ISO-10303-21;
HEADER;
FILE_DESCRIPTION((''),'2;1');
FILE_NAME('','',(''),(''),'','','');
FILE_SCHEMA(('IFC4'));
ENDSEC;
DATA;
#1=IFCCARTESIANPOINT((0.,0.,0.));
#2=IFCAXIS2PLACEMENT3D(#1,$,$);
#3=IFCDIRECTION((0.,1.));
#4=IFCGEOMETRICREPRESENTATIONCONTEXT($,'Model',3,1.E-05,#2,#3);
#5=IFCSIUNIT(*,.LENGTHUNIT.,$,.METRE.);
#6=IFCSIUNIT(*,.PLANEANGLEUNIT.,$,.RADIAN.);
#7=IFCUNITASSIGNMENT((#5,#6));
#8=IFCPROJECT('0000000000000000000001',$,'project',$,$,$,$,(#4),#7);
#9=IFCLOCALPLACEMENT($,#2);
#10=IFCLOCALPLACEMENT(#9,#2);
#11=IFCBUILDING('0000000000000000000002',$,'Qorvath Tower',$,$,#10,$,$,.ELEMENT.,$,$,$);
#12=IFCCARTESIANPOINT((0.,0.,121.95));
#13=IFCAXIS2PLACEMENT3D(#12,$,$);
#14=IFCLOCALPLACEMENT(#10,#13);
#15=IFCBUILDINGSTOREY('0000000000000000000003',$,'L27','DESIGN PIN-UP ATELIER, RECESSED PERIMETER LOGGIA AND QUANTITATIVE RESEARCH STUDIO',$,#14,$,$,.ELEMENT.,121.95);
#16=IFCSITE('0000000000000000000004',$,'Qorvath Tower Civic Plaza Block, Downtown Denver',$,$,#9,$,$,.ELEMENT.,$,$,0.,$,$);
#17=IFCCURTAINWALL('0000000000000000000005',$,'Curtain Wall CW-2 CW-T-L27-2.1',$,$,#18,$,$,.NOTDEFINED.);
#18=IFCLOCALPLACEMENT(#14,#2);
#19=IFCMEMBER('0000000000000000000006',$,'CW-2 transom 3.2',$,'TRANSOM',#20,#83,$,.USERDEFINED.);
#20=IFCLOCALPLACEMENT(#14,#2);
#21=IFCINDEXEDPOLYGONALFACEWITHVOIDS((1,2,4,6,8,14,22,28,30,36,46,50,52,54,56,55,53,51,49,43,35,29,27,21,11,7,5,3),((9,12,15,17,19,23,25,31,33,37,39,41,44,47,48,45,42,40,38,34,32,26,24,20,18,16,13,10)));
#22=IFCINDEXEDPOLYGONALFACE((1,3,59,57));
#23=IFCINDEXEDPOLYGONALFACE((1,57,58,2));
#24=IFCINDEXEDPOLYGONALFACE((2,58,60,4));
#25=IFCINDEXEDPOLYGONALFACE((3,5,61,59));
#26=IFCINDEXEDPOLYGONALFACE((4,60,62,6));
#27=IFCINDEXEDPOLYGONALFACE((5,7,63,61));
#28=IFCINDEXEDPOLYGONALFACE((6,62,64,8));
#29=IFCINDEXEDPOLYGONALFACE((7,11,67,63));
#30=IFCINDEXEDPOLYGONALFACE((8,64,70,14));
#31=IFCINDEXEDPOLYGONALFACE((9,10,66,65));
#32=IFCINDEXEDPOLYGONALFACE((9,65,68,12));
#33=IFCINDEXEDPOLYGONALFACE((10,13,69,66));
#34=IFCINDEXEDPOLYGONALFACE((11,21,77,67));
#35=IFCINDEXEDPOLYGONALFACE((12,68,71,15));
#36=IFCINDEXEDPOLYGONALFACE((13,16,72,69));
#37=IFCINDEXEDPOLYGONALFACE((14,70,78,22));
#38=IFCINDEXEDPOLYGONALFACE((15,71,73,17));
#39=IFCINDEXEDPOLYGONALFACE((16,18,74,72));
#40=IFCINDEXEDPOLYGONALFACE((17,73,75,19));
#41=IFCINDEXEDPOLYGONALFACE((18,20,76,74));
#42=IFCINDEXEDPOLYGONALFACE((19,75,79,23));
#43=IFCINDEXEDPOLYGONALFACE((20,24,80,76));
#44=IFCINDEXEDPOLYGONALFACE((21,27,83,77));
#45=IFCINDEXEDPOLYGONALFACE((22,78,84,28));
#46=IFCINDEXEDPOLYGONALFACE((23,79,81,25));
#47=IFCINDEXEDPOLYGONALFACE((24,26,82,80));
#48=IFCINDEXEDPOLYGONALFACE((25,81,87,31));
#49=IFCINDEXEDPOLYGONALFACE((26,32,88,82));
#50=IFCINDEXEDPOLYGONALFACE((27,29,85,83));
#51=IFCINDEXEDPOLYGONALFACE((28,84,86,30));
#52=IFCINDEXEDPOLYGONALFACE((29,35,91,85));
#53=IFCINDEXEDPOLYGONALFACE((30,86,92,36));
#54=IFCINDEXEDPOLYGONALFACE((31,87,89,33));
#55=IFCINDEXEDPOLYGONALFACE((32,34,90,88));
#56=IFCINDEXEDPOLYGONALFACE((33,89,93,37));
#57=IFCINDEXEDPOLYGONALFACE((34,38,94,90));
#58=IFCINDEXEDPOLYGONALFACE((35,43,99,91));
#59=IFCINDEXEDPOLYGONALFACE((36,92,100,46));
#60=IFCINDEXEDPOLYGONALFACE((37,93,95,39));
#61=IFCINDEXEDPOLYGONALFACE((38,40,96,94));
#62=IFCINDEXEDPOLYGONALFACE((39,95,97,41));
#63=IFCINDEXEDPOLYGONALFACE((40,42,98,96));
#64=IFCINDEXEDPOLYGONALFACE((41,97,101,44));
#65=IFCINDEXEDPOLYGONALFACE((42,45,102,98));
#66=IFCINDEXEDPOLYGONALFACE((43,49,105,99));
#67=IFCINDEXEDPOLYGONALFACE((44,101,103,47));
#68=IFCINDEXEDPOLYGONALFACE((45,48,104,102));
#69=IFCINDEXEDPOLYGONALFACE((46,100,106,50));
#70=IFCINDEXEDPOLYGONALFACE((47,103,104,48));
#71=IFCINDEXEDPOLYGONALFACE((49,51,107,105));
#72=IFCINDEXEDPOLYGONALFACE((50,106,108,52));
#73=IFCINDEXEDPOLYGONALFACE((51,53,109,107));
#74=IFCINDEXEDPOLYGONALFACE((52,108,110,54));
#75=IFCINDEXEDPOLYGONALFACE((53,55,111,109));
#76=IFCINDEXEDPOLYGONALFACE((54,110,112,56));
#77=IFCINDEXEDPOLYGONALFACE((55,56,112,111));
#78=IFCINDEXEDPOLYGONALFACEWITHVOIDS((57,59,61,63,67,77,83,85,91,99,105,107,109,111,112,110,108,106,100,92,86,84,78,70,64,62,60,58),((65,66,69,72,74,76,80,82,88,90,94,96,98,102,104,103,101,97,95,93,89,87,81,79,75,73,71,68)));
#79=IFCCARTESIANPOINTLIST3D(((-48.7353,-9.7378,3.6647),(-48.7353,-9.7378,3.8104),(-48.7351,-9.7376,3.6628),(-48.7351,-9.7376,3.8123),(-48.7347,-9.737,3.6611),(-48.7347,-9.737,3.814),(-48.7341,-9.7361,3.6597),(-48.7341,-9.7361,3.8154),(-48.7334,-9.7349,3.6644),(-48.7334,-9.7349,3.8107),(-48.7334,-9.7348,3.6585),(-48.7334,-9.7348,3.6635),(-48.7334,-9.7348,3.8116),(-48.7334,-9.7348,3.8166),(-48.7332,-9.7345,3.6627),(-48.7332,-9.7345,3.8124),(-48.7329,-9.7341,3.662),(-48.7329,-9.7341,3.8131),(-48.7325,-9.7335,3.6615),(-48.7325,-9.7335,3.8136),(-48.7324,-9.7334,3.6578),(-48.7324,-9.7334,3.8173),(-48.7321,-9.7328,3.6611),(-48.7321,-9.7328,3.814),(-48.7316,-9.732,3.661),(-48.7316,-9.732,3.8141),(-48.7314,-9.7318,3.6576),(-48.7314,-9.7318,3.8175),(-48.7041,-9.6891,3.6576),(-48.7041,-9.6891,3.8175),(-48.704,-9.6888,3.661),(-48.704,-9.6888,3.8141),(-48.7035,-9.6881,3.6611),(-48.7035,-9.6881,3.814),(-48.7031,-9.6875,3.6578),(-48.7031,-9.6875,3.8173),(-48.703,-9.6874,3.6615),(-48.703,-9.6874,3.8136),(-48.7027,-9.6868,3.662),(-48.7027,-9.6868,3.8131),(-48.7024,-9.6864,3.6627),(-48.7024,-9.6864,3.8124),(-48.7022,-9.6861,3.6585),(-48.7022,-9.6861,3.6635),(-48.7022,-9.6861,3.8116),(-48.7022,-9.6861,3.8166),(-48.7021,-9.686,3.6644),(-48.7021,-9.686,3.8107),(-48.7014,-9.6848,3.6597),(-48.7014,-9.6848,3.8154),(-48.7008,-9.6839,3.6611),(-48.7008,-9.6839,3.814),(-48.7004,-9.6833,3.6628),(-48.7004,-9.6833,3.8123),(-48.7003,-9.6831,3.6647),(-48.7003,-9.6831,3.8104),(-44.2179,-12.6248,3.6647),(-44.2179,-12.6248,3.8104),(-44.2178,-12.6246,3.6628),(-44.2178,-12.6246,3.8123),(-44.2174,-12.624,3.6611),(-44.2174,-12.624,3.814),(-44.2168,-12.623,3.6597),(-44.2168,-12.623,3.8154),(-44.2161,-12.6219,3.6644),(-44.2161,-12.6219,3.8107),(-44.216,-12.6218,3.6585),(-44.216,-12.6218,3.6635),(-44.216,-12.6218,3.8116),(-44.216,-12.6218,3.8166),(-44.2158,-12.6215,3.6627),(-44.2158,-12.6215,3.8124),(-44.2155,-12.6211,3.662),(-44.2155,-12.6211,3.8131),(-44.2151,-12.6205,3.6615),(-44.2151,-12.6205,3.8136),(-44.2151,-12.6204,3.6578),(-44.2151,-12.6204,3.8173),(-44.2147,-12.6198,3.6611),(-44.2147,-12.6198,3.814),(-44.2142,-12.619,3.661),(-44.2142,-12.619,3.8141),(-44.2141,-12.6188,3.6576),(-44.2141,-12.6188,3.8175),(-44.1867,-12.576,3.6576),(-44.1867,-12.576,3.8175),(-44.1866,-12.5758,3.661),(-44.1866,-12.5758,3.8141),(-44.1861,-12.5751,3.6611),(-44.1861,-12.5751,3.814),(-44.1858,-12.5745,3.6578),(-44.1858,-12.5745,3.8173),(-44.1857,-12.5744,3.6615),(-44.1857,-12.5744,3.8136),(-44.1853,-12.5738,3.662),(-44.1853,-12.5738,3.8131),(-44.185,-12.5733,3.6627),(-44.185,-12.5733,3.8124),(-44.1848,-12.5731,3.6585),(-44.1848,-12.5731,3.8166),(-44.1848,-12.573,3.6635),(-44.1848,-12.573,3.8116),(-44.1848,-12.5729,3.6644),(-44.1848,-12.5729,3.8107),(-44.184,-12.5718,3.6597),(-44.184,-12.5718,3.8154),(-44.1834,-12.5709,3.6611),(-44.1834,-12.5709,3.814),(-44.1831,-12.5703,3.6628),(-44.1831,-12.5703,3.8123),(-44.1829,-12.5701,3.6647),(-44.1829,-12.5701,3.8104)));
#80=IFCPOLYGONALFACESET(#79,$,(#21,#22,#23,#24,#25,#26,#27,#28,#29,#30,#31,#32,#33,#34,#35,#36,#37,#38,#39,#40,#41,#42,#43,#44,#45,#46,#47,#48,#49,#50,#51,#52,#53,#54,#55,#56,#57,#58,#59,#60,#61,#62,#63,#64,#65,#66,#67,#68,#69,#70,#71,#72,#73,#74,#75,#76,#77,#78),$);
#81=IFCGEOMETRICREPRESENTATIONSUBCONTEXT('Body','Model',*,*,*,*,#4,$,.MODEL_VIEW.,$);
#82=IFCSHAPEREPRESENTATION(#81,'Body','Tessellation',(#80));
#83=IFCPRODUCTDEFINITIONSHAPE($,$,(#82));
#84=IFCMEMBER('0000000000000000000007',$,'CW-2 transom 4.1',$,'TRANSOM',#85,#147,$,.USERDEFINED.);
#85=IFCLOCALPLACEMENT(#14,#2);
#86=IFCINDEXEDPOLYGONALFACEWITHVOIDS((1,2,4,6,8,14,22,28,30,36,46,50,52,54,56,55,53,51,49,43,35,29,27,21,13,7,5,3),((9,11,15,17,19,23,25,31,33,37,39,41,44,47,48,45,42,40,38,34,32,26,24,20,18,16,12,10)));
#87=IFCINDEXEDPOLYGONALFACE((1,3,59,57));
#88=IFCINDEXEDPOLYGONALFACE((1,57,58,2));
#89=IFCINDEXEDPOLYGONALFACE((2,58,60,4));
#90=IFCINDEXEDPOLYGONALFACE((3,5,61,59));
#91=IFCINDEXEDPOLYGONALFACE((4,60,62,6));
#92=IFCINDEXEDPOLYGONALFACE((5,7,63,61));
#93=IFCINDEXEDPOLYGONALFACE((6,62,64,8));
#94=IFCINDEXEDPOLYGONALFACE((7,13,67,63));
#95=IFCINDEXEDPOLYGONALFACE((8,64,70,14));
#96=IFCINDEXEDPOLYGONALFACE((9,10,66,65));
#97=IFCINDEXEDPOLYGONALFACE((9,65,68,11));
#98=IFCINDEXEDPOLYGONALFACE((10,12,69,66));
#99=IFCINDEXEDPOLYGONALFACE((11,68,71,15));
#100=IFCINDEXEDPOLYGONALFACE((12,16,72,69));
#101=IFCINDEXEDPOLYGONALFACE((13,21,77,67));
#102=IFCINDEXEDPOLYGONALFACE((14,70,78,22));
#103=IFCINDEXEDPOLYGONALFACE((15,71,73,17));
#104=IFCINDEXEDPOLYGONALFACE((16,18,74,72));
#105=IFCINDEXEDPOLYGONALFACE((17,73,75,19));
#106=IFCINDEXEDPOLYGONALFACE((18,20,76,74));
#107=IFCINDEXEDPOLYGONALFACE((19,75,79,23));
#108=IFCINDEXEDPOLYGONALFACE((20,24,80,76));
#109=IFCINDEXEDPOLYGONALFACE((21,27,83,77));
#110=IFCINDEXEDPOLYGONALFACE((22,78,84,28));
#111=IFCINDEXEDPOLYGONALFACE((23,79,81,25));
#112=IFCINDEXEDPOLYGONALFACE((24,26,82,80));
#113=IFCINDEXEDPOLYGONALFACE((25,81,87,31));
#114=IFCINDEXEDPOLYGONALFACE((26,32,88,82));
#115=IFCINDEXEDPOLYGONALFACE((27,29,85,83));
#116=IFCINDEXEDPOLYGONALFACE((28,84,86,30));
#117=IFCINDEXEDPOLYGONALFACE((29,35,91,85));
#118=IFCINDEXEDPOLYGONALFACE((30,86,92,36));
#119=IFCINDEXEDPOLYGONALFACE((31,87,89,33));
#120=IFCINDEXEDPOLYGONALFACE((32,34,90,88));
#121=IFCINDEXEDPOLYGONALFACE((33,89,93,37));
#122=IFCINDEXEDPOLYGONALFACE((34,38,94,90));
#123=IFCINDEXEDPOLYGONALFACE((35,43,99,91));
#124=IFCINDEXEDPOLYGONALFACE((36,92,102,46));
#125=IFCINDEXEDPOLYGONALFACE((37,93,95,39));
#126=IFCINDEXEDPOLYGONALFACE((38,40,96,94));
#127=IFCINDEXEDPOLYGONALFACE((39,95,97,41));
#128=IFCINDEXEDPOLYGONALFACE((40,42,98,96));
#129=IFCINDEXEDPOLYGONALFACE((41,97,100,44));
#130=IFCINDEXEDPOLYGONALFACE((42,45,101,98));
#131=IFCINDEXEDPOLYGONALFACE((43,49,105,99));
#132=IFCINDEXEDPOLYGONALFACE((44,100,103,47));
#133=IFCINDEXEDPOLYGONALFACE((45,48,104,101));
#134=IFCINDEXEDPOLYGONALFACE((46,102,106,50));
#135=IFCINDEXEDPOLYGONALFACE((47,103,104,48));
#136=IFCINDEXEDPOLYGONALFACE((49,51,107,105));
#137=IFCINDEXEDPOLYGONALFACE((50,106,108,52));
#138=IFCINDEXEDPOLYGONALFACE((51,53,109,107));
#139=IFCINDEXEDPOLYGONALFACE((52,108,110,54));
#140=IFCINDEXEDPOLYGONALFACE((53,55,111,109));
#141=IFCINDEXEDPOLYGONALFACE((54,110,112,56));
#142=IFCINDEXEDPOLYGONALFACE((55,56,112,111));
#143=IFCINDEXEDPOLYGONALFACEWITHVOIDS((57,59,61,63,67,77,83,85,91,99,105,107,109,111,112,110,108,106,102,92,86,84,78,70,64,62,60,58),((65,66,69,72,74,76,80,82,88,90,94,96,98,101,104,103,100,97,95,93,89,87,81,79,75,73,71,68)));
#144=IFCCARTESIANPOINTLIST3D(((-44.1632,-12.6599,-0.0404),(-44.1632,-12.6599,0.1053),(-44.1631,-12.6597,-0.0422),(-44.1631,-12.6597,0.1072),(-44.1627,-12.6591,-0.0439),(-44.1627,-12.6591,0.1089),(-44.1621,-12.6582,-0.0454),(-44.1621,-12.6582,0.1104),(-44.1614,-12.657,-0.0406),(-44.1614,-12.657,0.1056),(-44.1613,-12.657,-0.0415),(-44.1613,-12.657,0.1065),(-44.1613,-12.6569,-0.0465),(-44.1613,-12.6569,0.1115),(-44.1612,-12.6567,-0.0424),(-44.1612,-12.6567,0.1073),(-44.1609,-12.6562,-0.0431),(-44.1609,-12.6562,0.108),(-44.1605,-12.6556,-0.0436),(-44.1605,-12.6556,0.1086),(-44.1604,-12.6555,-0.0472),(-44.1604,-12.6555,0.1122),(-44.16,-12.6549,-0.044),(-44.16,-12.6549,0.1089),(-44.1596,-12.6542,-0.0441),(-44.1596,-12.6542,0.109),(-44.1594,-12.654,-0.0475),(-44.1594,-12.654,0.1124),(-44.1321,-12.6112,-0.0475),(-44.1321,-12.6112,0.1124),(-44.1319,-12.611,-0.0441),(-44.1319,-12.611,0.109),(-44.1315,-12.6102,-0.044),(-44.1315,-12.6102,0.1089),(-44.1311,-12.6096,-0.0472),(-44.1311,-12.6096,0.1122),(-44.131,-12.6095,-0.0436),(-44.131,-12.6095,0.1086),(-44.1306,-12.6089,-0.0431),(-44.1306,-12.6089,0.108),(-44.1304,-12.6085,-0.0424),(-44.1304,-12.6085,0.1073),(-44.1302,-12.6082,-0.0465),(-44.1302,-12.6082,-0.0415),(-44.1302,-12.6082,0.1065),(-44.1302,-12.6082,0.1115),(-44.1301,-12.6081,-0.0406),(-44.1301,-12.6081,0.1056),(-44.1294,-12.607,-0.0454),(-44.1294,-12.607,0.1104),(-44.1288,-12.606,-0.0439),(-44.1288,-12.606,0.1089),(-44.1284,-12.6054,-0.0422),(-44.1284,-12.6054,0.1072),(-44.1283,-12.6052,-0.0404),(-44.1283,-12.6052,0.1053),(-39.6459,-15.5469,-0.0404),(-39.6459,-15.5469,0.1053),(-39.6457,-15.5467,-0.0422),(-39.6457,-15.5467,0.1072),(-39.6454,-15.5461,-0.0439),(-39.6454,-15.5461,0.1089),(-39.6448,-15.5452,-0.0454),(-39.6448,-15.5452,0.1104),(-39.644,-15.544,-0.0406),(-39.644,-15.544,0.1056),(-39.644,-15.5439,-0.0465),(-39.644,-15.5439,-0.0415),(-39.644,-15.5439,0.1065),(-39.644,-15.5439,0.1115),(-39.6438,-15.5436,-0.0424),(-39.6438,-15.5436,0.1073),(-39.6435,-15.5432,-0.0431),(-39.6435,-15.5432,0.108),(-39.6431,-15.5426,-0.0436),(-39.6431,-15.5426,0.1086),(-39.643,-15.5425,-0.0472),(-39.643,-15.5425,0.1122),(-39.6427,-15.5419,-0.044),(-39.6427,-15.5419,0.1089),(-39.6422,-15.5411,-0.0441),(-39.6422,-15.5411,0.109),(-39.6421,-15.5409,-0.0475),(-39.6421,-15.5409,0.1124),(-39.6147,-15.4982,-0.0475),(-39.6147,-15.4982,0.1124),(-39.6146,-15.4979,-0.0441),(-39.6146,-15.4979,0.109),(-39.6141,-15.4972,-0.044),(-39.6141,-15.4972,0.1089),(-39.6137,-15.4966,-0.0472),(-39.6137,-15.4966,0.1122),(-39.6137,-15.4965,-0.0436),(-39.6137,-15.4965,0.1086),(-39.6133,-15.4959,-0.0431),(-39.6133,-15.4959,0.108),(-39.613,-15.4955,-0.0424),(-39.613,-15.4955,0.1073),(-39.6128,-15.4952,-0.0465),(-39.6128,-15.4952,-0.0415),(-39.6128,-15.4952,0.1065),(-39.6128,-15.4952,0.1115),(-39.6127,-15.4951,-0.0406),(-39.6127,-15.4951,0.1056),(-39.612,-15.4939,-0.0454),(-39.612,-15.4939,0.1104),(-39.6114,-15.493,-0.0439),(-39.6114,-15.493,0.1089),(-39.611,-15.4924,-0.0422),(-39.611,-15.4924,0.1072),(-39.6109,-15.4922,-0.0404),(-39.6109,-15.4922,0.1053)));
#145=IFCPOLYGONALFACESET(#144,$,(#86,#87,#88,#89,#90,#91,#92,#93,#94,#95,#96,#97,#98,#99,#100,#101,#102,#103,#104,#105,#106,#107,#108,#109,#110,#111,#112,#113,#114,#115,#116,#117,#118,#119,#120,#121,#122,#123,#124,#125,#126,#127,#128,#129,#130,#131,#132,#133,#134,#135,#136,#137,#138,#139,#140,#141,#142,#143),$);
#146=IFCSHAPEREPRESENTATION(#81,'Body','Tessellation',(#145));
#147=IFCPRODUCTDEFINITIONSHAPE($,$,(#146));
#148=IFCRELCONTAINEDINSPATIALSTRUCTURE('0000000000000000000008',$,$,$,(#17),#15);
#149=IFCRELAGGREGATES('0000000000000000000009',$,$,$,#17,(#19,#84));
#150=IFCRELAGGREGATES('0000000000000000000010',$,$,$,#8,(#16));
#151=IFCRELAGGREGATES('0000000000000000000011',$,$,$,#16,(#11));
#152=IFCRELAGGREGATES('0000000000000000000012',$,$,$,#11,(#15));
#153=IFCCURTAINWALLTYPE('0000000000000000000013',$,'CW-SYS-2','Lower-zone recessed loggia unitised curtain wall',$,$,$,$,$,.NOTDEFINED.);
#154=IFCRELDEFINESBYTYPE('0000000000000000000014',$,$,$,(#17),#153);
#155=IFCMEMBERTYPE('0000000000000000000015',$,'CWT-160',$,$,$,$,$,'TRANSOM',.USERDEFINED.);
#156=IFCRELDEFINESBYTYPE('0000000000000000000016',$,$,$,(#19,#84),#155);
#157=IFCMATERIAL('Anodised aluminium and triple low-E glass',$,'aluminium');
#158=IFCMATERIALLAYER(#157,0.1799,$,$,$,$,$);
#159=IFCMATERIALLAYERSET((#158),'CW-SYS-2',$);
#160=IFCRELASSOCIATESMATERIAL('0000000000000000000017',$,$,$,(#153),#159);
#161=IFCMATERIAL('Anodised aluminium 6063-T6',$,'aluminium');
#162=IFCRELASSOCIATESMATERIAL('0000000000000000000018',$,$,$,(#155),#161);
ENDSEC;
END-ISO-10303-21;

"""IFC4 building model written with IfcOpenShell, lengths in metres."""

from ifc_helpers import new_model, si_unit, direction, frame, origin, origin_2d, place, context, subcontext, project, spatial, hollow_rectangle, extrude, material, layer, layer_set, material_profile, profile_set, type_object, element, aggregate, save


model = new_model("IFC4")

# Units and contexts
model_context = context("Model", 3, precision=1e-05, world=origin(), true_north=direction((0.0, 1.0)))
body_context = subcontext(model_context, "Body", "Model", "MODEL_VIEW")
ifc_project = project(units=[si_unit("LENGTHUNIT", "METRE"), si_unit("PLANEANGLEUNIT", "RADIAN")], contexts=[model_context])

# Site, building, storey
site_placement = place(None, origin())
site = spatial("IfcSite", under=ifc_project, at=site_placement, Name="Qorvath Tower Civic Plaza Block, Downtown Denver", CompositionType="ELEMENT", RefElevation=0.0)
building_placement = place(site_placement, origin())
building = spatial("IfcBuilding", under=site, at=building_placement, Name="Qorvath Tower", CompositionType="ELEMENT")
storey_placement = place(building_placement, frame((0.0, 0.0, 121.95)))
storey = spatial("IfcBuildingStorey", under=building, at=storey_placement, Name="L27", Description="DESIGN PIN-UP ATELIER, RECESSED PERIMETER LOGGIA AND QUANTITATIVE RESEARCH STUDIO", CompositionType="ELEMENT", Elevation=121.95)

# Curtain wall, members
ifc_material_1 = material(Name="Anodised aluminium and triple low-E glass", Category="aluminium")
ifc_layer_1 = layer(ifc_material_1, 0.1799)
ifc_layer_set_1 = layer_set([ifc_layer_1], Name="CW-SYS-2")
curtain_wall_type = type_object("IfcCurtainWallType", Name="CW-SYS-2", Description="Lower-zone recessed loggia unitised curtain wall", PredefinedType="NOTDEFINED", material=ifc_layer_set_1)
curtain_wall_placement = place(storey_placement, origin())
curtain_wall = element("IfcCurtainWall", 1, at=curtain_wall_placement, inside=storey, type_object=curtain_wall_type, Name="Curtain Wall CW-2 CW-T-L27-2.1", PredefinedType="NOTDEFINED")
ifc_material_2 = material(Name="Anodised aluminium 6063-T6", Category="aluminium")
ifc_material_profile_1 = material_profile(ifc_material_2, hollow_rectangle(XDim=0.0649, YDim=0.1599, WallThickness=0.0034, InnerFilletRadius=0.0034, OuterFilletRadius=0.0071, at=origin_2d()), Name="CWT 160x65")
ifc_profile_set_1 = profile_set([ifc_material_profile_1], Name="Anodised aluminium 6063-T6")
member_type_1 = type_object("IfcMemberType", Name="CWT-160", ElementType="TRANSOM", PredefinedType="USERDEFINED", material=ifc_profile_set_1)
member_1_placement = place(storey_placement, frame((-48.7178, -9.7104, 3.7375), z_axis=(0.842621, -0.538507, 0.0), x_axis=(0.538507, 0.842621, 0.0)))
member_1 = element("IfcMember", 2, at=member_1_placement, type_object=member_type_1, Name="CW-2 transom 3.2", ObjectType="TRANSOM", PredefinedType="USERDEFINED", context=body_context, shape_type="SweptSolid", body=[
    extrude(hollow_rectangle(XDim=0.0649, YDim=0.1599, WallThickness=0.0034, InnerFilletRadius=0.0034, OuterFilletRadius=0.0071, at=origin_2d()), origin(), (0.0, 0.0, 1.0), 5.3611),
])
member_2_placement = place(storey_placement, frame((-44.1458, -12.6326, 0.0325), z_axis=(0.842621, -0.538507, 0.0), x_axis=(0.538507, 0.842621, 0.0)))
member_2 = element("IfcMember", 3, at=member_2_placement, type_object=member_type_1, Name="CW-2 transom 4.1", ObjectType="TRANSOM", PredefinedType="USERDEFINED", context=body_context, shape_type="SweptSolid", body=[
    extrude(hollow_rectangle(XDim=0.0649, YDim=0.1599, WallThickness=0.0034, InnerFilletRadius=0.0034, OuterFilletRadius=0.0071, at=origin_2d()), origin(), (0.0, 0.0, 1.0), 5.3611),
])
aggregate(curtain_wall, [member_1, member_2])

save(model, "model.ifc")
